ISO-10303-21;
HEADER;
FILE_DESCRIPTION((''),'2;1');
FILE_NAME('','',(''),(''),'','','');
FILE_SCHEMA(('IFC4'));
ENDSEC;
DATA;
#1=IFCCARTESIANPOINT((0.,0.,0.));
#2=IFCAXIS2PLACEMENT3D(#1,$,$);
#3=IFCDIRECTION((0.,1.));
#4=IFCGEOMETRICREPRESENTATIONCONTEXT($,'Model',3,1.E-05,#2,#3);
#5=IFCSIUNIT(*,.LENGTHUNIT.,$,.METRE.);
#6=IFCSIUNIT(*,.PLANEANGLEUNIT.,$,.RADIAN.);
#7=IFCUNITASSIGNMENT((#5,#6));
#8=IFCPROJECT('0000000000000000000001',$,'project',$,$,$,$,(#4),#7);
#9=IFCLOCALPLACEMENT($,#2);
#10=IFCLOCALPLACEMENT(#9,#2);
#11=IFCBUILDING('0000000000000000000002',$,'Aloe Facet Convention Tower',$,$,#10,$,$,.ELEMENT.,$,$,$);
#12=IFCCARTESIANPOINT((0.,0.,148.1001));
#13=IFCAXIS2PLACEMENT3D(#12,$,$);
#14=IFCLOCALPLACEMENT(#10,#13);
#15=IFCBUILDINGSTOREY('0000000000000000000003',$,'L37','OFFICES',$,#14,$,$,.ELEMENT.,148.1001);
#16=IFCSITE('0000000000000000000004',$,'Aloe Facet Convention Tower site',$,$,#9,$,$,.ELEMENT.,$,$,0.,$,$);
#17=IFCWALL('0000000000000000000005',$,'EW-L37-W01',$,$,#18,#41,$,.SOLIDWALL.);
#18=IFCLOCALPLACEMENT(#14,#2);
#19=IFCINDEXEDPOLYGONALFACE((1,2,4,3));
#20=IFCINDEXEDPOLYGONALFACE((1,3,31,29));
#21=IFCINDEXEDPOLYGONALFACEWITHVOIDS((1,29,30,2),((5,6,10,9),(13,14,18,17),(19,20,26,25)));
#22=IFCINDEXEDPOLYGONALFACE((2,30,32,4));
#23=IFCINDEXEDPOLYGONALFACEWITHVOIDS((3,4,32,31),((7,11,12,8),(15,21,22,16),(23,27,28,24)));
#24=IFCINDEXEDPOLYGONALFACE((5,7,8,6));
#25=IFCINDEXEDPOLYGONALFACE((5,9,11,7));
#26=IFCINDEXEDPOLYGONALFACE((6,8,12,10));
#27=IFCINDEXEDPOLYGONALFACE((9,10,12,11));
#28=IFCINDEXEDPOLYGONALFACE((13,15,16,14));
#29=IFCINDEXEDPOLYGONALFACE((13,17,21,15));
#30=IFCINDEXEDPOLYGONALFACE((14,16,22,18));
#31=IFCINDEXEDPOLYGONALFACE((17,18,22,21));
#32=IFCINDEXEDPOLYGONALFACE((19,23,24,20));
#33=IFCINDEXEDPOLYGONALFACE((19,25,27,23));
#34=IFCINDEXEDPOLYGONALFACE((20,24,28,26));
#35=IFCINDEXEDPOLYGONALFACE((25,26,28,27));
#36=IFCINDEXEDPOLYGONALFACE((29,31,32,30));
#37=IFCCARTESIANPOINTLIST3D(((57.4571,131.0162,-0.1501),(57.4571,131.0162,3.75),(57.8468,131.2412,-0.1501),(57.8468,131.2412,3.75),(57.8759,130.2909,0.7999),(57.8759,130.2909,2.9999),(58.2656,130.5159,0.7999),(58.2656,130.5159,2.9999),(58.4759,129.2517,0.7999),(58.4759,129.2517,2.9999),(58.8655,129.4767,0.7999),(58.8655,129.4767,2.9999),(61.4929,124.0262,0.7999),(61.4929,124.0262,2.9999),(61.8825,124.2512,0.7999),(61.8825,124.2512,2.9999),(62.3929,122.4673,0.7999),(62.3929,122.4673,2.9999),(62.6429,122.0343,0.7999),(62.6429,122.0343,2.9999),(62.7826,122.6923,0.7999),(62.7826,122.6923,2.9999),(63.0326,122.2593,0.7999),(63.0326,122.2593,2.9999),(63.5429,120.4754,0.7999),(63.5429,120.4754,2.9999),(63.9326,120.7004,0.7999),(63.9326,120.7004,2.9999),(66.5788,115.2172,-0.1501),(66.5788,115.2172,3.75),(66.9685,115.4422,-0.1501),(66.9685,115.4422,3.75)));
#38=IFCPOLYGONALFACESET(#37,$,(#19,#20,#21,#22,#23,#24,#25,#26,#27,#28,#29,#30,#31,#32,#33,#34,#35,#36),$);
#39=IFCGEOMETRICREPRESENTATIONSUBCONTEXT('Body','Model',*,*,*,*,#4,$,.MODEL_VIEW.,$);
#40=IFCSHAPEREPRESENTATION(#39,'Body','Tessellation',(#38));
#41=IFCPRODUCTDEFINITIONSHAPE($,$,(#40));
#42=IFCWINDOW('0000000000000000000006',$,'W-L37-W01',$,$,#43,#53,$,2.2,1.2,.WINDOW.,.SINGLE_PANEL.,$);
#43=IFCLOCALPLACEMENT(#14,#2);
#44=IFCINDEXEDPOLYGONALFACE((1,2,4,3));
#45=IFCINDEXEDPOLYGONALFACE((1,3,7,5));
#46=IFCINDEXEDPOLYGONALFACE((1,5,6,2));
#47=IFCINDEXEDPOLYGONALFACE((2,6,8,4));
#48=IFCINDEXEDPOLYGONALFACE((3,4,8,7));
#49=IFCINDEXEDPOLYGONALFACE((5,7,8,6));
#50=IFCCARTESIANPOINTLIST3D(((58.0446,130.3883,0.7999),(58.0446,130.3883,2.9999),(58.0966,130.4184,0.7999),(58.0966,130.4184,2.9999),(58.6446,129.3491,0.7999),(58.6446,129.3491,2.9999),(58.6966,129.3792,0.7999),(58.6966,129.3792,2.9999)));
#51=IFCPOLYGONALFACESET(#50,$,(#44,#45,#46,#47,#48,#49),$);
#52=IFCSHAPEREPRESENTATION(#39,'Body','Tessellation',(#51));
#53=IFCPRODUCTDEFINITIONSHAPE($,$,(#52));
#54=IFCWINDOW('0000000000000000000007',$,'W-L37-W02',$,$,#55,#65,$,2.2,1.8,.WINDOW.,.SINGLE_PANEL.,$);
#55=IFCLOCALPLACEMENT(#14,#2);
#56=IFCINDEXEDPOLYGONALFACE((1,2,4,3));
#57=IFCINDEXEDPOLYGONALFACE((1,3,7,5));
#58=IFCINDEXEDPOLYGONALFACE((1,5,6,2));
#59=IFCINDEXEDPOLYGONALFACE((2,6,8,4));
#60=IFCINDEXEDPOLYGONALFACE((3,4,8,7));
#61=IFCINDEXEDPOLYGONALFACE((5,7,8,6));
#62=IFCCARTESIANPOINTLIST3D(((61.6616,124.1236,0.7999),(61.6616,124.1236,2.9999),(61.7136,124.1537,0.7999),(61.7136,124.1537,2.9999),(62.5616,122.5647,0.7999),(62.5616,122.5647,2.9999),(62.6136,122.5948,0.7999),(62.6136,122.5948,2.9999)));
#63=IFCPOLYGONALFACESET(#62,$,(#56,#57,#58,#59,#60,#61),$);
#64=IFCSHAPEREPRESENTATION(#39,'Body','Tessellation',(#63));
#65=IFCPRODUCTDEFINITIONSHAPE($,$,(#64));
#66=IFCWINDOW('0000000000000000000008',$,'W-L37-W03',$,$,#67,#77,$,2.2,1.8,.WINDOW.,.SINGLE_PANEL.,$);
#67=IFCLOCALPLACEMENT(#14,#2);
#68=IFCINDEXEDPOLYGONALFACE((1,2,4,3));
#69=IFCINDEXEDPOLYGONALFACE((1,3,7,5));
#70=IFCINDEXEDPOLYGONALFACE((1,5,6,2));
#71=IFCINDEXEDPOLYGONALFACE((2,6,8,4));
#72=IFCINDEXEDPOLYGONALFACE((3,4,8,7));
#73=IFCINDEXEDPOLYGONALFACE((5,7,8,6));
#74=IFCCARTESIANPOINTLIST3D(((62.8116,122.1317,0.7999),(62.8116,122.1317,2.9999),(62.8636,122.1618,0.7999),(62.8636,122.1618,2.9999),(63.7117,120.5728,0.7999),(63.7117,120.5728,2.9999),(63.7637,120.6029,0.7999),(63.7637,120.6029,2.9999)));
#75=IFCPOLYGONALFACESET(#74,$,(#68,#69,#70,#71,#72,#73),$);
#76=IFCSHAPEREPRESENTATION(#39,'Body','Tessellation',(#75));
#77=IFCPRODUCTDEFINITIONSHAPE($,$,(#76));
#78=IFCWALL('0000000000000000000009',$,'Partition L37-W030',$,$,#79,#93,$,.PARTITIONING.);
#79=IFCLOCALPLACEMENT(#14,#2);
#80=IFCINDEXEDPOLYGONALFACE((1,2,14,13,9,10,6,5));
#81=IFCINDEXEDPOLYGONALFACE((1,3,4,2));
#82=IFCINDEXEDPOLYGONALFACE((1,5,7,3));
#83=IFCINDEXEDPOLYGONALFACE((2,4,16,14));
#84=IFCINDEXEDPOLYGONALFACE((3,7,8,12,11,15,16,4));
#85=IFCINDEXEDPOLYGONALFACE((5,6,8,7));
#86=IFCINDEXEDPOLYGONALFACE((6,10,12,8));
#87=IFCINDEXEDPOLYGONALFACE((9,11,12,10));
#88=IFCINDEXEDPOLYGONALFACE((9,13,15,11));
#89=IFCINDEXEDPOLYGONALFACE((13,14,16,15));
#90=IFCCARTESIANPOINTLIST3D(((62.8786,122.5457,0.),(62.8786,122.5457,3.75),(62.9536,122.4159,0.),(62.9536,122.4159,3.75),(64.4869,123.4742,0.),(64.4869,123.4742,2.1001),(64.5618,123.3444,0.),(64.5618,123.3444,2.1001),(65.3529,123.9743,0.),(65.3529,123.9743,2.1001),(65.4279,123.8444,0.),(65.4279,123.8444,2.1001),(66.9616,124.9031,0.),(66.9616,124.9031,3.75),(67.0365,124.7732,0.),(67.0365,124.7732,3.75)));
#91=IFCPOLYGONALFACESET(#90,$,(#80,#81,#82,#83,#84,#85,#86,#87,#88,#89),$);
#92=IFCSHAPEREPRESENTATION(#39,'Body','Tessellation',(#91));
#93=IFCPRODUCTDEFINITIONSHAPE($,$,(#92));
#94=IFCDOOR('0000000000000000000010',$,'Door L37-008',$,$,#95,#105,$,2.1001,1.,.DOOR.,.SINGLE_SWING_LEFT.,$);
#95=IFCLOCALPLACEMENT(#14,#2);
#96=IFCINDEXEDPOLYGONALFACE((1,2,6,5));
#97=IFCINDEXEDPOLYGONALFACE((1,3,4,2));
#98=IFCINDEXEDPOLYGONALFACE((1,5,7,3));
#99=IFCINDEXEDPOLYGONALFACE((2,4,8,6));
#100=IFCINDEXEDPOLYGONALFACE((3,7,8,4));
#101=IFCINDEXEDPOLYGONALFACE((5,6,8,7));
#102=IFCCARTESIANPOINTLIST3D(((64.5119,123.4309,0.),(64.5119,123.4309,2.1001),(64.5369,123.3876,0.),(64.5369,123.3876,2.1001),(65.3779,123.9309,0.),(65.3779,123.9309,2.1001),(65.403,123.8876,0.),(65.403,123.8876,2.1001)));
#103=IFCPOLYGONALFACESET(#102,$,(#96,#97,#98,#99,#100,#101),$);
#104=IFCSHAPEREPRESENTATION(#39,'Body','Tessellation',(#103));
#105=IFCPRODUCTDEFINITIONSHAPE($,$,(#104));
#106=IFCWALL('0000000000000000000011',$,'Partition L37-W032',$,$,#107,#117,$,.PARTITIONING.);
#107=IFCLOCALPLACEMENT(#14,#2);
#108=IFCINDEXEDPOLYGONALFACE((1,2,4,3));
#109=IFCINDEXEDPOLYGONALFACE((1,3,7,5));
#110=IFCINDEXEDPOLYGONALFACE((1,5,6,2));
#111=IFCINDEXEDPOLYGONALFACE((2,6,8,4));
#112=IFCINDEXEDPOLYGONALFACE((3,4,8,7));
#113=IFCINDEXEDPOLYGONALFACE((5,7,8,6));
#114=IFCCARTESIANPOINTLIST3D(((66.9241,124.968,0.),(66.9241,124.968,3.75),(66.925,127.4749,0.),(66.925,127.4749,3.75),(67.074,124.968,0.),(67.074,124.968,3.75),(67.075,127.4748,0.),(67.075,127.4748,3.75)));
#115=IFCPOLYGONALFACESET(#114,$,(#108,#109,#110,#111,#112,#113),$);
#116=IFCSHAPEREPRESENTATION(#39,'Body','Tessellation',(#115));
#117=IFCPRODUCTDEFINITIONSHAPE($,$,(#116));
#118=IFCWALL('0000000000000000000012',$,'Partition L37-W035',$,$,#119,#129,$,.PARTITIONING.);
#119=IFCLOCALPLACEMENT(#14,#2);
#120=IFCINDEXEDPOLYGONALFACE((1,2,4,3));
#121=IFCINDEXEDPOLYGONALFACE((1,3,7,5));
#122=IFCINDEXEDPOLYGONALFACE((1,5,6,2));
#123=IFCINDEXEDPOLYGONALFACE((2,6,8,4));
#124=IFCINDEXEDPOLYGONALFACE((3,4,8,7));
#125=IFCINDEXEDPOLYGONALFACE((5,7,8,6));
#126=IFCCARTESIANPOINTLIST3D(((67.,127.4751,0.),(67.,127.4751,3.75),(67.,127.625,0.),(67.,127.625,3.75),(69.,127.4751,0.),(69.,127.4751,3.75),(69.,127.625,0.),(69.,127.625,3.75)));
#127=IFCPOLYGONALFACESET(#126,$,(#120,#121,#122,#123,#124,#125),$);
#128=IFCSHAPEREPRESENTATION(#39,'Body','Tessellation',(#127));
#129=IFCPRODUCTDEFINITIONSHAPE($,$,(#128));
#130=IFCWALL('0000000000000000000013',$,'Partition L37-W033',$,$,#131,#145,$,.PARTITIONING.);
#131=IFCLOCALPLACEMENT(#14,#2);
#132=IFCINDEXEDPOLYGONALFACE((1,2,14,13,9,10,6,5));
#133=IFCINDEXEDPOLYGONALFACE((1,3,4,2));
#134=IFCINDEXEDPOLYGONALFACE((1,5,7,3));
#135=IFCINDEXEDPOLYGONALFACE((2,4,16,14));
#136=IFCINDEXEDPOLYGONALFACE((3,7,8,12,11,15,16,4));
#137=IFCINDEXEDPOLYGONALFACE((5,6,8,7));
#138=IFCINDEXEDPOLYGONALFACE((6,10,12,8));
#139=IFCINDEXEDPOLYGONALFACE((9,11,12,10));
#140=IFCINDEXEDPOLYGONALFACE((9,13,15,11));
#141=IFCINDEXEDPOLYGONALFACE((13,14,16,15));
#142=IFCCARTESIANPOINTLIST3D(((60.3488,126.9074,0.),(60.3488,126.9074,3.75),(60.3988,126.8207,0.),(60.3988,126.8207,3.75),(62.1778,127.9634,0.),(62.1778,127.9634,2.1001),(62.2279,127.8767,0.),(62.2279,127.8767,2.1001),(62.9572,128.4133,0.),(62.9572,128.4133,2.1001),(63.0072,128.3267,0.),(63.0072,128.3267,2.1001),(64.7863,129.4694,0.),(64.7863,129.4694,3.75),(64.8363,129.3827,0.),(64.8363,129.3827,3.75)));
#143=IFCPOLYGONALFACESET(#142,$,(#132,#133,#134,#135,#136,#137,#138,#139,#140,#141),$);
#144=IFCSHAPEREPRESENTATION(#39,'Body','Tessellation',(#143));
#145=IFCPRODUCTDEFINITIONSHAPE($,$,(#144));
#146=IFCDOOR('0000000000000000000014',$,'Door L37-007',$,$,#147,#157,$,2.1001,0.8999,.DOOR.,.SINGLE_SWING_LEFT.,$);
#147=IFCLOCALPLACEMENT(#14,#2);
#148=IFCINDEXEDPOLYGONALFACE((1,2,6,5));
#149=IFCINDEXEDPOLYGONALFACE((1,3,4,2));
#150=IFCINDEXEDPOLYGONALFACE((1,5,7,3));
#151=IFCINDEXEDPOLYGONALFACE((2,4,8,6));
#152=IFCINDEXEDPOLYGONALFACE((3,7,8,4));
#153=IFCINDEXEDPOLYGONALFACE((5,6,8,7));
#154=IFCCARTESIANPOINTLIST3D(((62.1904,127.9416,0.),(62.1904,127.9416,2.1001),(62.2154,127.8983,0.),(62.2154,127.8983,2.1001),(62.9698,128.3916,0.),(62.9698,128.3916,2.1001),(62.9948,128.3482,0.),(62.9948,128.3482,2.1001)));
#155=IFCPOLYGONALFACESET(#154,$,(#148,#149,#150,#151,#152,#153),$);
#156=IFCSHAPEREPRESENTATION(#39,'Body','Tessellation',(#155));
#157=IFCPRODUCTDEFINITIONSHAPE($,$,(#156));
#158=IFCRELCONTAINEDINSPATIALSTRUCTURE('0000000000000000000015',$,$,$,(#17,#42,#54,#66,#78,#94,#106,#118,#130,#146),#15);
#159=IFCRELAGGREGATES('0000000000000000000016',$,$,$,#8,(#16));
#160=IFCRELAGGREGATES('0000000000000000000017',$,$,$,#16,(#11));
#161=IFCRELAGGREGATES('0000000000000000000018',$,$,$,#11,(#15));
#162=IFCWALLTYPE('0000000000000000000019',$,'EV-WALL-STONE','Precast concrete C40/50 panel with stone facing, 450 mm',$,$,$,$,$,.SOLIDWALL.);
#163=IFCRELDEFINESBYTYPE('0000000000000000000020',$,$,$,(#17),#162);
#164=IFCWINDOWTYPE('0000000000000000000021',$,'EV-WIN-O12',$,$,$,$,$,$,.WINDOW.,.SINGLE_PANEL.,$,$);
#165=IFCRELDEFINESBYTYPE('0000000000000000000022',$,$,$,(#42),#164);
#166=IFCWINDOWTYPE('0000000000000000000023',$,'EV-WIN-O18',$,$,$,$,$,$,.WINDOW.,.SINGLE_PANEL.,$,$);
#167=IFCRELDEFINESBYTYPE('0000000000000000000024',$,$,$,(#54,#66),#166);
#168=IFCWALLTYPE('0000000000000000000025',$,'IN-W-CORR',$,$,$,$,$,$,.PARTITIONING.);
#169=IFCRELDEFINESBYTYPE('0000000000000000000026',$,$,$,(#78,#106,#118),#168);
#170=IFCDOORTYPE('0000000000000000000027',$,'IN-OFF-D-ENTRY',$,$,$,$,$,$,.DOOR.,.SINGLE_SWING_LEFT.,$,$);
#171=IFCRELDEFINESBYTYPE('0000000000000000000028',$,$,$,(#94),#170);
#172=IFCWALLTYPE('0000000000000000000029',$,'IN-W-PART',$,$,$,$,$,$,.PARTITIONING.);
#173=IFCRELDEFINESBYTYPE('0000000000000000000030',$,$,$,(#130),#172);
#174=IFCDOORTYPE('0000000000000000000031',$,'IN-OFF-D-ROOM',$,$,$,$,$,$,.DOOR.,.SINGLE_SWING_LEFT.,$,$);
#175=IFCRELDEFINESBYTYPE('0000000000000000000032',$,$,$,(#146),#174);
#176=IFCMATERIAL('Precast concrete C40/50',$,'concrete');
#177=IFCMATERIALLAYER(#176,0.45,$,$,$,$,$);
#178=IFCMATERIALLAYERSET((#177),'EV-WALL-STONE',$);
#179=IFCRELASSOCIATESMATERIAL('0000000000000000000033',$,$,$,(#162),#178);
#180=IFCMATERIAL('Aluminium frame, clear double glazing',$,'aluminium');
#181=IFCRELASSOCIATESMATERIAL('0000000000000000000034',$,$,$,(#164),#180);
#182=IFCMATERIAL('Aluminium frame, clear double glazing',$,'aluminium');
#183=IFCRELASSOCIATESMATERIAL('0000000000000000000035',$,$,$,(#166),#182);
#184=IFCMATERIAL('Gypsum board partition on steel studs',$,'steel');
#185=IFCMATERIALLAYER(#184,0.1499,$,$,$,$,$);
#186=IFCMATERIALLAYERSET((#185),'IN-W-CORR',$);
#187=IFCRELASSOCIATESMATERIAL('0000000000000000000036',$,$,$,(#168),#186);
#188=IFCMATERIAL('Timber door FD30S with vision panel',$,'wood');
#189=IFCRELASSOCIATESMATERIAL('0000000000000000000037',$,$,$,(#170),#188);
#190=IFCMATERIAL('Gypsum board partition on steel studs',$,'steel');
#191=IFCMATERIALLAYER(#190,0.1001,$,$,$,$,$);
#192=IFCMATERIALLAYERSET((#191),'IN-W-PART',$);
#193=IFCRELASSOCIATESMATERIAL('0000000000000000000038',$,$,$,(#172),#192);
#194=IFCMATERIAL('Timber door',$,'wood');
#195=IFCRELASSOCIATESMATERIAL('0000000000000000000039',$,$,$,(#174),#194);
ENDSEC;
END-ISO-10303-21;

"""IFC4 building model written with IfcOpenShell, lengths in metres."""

from ifc_helpers import new_model, si_unit, direction, frame, frame_2d, origin, place, context, subcontext, project, spatial, polyline, rectangle, outline, extrude, material, layer, layer_set, type_object, element, fill, save


model = new_model("IFC4")

# Units and contexts
model_context = context("Model", 3, precision=1e-05, world=origin(), true_north=direction((0.0, 1.0)))
body_context = subcontext(model_context, "Body", "Model", "MODEL_VIEW")
ifc_project = project(units=[si_unit("LENGTHUNIT", "METRE"), si_unit("PLANEANGLEUNIT", "RADIAN")], contexts=[model_context])

# Site, building, storey
site_placement = place(None, origin())
site = spatial("IfcSite", under=ifc_project, at=site_placement, Name="Aloe Facet Convention Tower site", CompositionType="ELEMENT", RefElevation=0.0)
building_placement = place(site_placement, origin())
building = spatial("IfcBuilding", under=site, at=building_placement, Name="Aloe Facet Convention Tower", CompositionType="ELEMENT")
storey_placement = place(building_placement, frame((0.0, 0.0, 148.1001)))
storey = spatial("IfcBuildingStorey", under=building, at=storey_placement, Name="L37", Description="OFFICES", CompositionType="ELEMENT", Elevation=148.1001)

# Wall, openings, windows
ifc_material_1 = material(Name="Precast concrete C40/50", Category="concrete")
ifc_layer_1 = layer(ifc_material_1, 0.45)
ifc_layer_set_1 = layer_set([ifc_layer_1], Name="EV-WALL-STONE")
wall_type_1 = type_object("IfcWallType", Name="EV-WALL-STONE", Description="Precast concrete C40/50 panel with stone facing, 450 mm", PredefinedType="SOLIDWALL", material=ifc_layer_set_1)
wall_1_placement = place(storey_placement, frame((57.6519, 131.1287, -0.1501), z_axis=(0.0, 0.0, 1.0), x_axis=(0.500005, -0.866022, 0.0)))
wall_1 = element("IfcWall", 1, at=wall_1_placement, inside=storey, type_object=wall_type_1, Name="EW-L37-W01", PredefinedType="SOLIDWALL", context=body_context, shape_type="SweptSolid", body=[
    extrude(outline(polyline([(0.0, 0.0), (0.0, 3.9001), (18.2432, 3.9001), (18.2432, 0.0), (0.0, 0.0)])), frame((0.0, 0.2251, 0.0), z_axis=(0.0, -1.0, 0.0), x_axis=(1.0, 0.0, 0.0)), (0.0, 0.0, 1.0), 0.45),
])
opening_1_placement = place(wall_1_placement, frame((0.8374, 0.0, 0.95)))
opening_1 = element("IfcOpeningElement", 2, at=opening_1_placement, cuts=wall_1, PredefinedType="OPENING", context=body_context, shape_type="SweptSolid", body=[
    extrude(rectangle(XDim=1.2, YDim=2.2, at=frame_2d((0.6001, 1.1001))), frame((0.0, 0.2349, 0.0), z_axis=(0.0, -1.0, 0.0), x_axis=(1.0, 0.0, 0.0)), (0.0, 0.0, 1.0), 0.47),
])
opening_2_placement = place(wall_1_placement, frame((8.0715, 0.0, 0.95)))
opening_2 = element("IfcOpeningElement", 3, at=opening_2_placement, cuts=wall_1, PredefinedType="OPENING", context=body_context, shape_type="SweptSolid", body=[
    extrude(rectangle(XDim=1.8, YDim=2.2, at=frame_2d((0.8999, 1.1001))), frame((0.0, 0.2349, 0.0), z_axis=(0.0, -1.0, 0.0), x_axis=(1.0, 0.0, 0.0)), (0.0, 0.0, 1.0), 0.47),
])
opening_3_placement = place(wall_1_placement, frame((10.3716, 0.0, 0.95)))
opening_3 = element("IfcOpeningElement", 4, at=opening_3_placement, cuts=wall_1, PredefinedType="OPENING", context=body_context, shape_type="SweptSolid", body=[
    extrude(rectangle(XDim=1.8, YDim=2.2, at=frame_2d((0.8999, 1.1001))), frame((0.0, 0.2349, 0.0), z_axis=(0.0, -1.0, 0.0), x_axis=(1.0, 0.0, 0.0)), (0.0, 0.0, 1.0), 0.47),
])
ifc_material_2 = material(Name="Aluminium frame, clear double glazing", Category="aluminium")
window_type_1 = type_object("IfcWindowType", Name="EV-WIN-O12", PartitioningType="SINGLE_PANEL", PredefinedType="WINDOW", material=ifc_material_2)
window_1_placement = place(opening_1_placement, origin())
window_1 = element("IfcWindow", 5, at=window_1_placement, inside=storey, type_object=window_type_1, Name="W-L37-W01", OverallHeight=2.2, OverallWidth=1.2, PartitioningType="SINGLE_PANEL", PredefinedType="WINDOW", context=body_context, shape_type="SweptSolid", body=[
    extrude(rectangle(XDim=1.2, YDim=2.2, at=frame_2d((0.6001, 1.1001))), frame((0.0, 0.03, 0.0), z_axis=(0.0, -1.0, 0.0), x_axis=(1.0, 0.0, 0.0)), (0.0, 0.0, 1.0), 0.0601),
])
fill(opening_1, window_1)
ifc_material_3 = material(Name="Aluminium frame, clear double glazing", Category="aluminium")
window_type_2 = type_object("IfcWindowType", Name="EV-WIN-O18", PartitioningType="SINGLE_PANEL", PredefinedType="WINDOW", material=ifc_material_3)
window_2_placement = place(opening_2_placement, origin())
window_2 = element("IfcWindow", 6, at=window_2_placement, inside=storey, type_object=window_type_2, Name="W-L37-W02", OverallHeight=2.2, OverallWidth=1.8, PartitioningType="SINGLE_PANEL", PredefinedType="WINDOW", context=body_context, shape_type="SweptSolid", body=[
    extrude(rectangle(XDim=1.8, YDim=2.2, at=frame_2d((0.8999, 1.1001))), frame((0.0, 0.03, 0.0), z_axis=(0.0, -1.0, 0.0), x_axis=(1.0, 0.0, 0.0)), (0.0, 0.0, 1.0), 0.0601),
])
fill(opening_2, window_2)
window_3_placement = place(opening_3_placement, origin())
window_3 = element("IfcWindow", 7, at=window_3_placement, inside=storey, type_object=window_type_2, Name="W-L37-W03", OverallHeight=2.2, OverallWidth=1.8, PartitioningType="SINGLE_PANEL", PredefinedType="WINDOW", context=body_context, shape_type="SweptSolid", body=[
    extrude(rectangle(XDim=1.8, YDim=2.2, at=frame_2d((0.8999, 1.1001))), frame((0.0, 0.03, 0.0), z_axis=(0.0, -1.0, 0.0), x_axis=(1.0, 0.0, 0.0)), (0.0, 0.0, 1.0), 0.0601),
])
fill(opening_3, window_3)

# Wall, opening, door
ifc_material_4 = material(Name="Gypsum board partition on steel studs", Category="steel")
ifc_layer_2 = layer(ifc_material_4, 0.1499)
ifc_layer_set_2 = layer_set([ifc_layer_2], Name="IN-W-CORR")
wall_type_2 = type_object("IfcWallType", Name="IN-W-CORR", PredefinedType="PARTITIONING", material=ifc_layer_set_2)
wall_2_placement = place(storey_placement, frame((62.916, 122.4807, 0.0), z_axis=(0.0, 0.0, 1.0), x_axis=(0.866017, 0.500015, 0.0)))
wall_2 = element("IfcWall", 8, at=wall_2_placement, inside=storey, type_object=wall_type_2, Name="Partition L37-W030", PredefinedType="PARTITIONING", context=body_context, shape_type="SweptSolid", body=[
    extrude(rectangle(XDim=4.7146, YDim=0.1499, at=frame_2d((2.3574, 0.0))), origin(), (0.0, 0.0, 1.0), 3.75),
])
opening_4_placement = place(wall_2_placement, frame((1.8572, 0.0, 0.0)))
opening_4 = element("IfcOpeningElement", 9, at=opening_4_placement, cuts=wall_2, PredefinedType="OPENING", context=body_context, shape_type="SweptSolid", body=[
    extrude(rectangle(XDim=1.0, YDim=2.1001, at=frame_2d((0.5, 1.05))), frame((0.0, 0.085, 0.0), z_axis=(0.0, -1.0, 0.0), x_axis=(1.0, 0.0, 0.0)), (0.0, 0.0, 1.0), 0.1699),
])
ifc_material_5 = material(Name="Timber door FD30S with vision panel", Category="wood")
door_type_1 = type_object("IfcDoorType", Name="IN-OFF-D-ENTRY", OperationType="SINGLE_SWING_LEFT", PredefinedType="DOOR", material=ifc_material_5)
door_1_placement = place(opening_4_placement, origin())
door_1 = element("IfcDoor", 10, at=door_1_placement, inside=storey, type_object=door_type_1, Name="Door L37-008", OperationType="SINGLE_SWING_LEFT", OverallHeight=2.1001, OverallWidth=1.0, PredefinedType="DOOR", context=body_context, shape_type="SweptSolid", body=[
    extrude(rectangle(XDim=1.0, YDim=2.1001, at=frame_2d((0.5, 1.05))), frame((0.0, 0.0249, 0.0), z_axis=(0.0, -1.0, 0.0), x_axis=(1.0, 0.0, 0.0)), (0.0, 0.0, 1.0), 0.05),
])
fill(opening_4, door_1)

# Walls
wall_3_placement = place(storey_placement, frame((66.999, 124.968, 0.0), z_axis=(0.0, 0.0, 1.0), x_axis=(0.00039, 1.0, 0.0)))
element("IfcWall", 11, at=wall_3_placement, inside=storey, type_object=wall_type_2, Name="Partition L37-W032", PredefinedType="PARTITIONING", context=body_context, shape_type="SweptSolid", body=[
    extrude(rectangle(XDim=2.5068, YDim=0.1499, at=frame_2d((1.2534, 0.0))), origin(), (0.0, 0.0, 1.0), 3.75),
])
wall_4_placement = place(storey_placement, frame((67.0, 127.55, 0.0), z_axis=(0.0, 0.0, 1.0), x_axis=(1.0, 0.0, 0.0)))
element("IfcWall", 12, at=wall_4_placement, inside=storey, type_object=wall_type_2, Name="Partition L37-W035", PredefinedType="PARTITIONING", context=body_context, shape_type="SweptSolid", body=[
    extrude(rectangle(XDim=2.0, YDim=0.1499, at=frame_2d((1.0, 0.0))), origin(), (0.0, 0.0, 1.0), 3.75),
])

# Wall, opening, door
ifc_material_6 = material(Name="Gypsum board partition on steel studs", Category="steel")
ifc_layer_3 = layer(ifc_material_6, 0.1001)
ifc_layer_set_3 = layer_set([ifc_layer_3], Name="IN-W-PART")
wall_type_3 = type_object("IfcWallType", Name="IN-W-PART", PredefinedType="PARTITIONING", material=ifc_layer_set_3)
wall_5_placement = place(storey_placement, frame((60.3738, 126.864, 0.0), z_axis=(0.0, 0.0, 1.0), x_axis=(0.866024, 0.500003, 0.0)))
wall_5 = element("IfcWall", 13, at=wall_5_placement, inside=storey, type_object=wall_type_3, Name="Partition L37-W033", PredefinedType="PARTITIONING", context=body_context, shape_type="SweptSolid", body=[
    extrude(rectangle(XDim=5.124, YDim=0.1001, at=frame_2d((2.562, 0.0))), origin(), (0.0, 0.0, 1.0), 3.75),
])
opening_5_placement = place(wall_5_placement, frame((2.1121, 0.0, 0.0)))
opening_5 = element("IfcOpeningElement", 14, at=opening_5_placement, cuts=wall_5, PredefinedType="OPENING", context=body_context, shape_type="SweptSolid", body=[
    extrude(rectangle(XDim=0.8999, YDim=2.1001, at=frame_2d((0.45, 1.05))), frame((0.0, 0.0601, 0.0), z_axis=(0.0, -1.0, 0.0), x_axis=(1.0, 0.0, 0.0)), (0.0, 0.0, 1.0), 0.1201),
])
ifc_material_7 = material(Name="Timber door", Category="wood")
door_type_2 = type_object("IfcDoorType", Name="IN-OFF-D-ROOM", OperationType="SINGLE_SWING_LEFT", PredefinedType="DOOR", material=ifc_material_7)
door_2_placement = place(opening_5_placement, origin())
door_2 = element("IfcDoor", 15, at=door_2_placement, inside=storey, type_object=door_type_2, Name="Door L37-007", OperationType="SINGLE_SWING_LEFT", OverallHeight=2.1001, OverallWidth=0.8999, PredefinedType="DOOR", context=body_context, shape_type="SweptSolid", body=[
    extrude(rectangle(XDim=0.8999, YDim=2.1001, at=frame_2d((0.45, 1.05))), frame((0.0, 0.0249, 0.0), z_axis=(0.0, -1.0, 0.0), x_axis=(1.0, 0.0, 0.0)), (0.0, 0.0, 1.0), 0.05),
])
fill(opening_5, door_2)

save(model, "model.ifc")
